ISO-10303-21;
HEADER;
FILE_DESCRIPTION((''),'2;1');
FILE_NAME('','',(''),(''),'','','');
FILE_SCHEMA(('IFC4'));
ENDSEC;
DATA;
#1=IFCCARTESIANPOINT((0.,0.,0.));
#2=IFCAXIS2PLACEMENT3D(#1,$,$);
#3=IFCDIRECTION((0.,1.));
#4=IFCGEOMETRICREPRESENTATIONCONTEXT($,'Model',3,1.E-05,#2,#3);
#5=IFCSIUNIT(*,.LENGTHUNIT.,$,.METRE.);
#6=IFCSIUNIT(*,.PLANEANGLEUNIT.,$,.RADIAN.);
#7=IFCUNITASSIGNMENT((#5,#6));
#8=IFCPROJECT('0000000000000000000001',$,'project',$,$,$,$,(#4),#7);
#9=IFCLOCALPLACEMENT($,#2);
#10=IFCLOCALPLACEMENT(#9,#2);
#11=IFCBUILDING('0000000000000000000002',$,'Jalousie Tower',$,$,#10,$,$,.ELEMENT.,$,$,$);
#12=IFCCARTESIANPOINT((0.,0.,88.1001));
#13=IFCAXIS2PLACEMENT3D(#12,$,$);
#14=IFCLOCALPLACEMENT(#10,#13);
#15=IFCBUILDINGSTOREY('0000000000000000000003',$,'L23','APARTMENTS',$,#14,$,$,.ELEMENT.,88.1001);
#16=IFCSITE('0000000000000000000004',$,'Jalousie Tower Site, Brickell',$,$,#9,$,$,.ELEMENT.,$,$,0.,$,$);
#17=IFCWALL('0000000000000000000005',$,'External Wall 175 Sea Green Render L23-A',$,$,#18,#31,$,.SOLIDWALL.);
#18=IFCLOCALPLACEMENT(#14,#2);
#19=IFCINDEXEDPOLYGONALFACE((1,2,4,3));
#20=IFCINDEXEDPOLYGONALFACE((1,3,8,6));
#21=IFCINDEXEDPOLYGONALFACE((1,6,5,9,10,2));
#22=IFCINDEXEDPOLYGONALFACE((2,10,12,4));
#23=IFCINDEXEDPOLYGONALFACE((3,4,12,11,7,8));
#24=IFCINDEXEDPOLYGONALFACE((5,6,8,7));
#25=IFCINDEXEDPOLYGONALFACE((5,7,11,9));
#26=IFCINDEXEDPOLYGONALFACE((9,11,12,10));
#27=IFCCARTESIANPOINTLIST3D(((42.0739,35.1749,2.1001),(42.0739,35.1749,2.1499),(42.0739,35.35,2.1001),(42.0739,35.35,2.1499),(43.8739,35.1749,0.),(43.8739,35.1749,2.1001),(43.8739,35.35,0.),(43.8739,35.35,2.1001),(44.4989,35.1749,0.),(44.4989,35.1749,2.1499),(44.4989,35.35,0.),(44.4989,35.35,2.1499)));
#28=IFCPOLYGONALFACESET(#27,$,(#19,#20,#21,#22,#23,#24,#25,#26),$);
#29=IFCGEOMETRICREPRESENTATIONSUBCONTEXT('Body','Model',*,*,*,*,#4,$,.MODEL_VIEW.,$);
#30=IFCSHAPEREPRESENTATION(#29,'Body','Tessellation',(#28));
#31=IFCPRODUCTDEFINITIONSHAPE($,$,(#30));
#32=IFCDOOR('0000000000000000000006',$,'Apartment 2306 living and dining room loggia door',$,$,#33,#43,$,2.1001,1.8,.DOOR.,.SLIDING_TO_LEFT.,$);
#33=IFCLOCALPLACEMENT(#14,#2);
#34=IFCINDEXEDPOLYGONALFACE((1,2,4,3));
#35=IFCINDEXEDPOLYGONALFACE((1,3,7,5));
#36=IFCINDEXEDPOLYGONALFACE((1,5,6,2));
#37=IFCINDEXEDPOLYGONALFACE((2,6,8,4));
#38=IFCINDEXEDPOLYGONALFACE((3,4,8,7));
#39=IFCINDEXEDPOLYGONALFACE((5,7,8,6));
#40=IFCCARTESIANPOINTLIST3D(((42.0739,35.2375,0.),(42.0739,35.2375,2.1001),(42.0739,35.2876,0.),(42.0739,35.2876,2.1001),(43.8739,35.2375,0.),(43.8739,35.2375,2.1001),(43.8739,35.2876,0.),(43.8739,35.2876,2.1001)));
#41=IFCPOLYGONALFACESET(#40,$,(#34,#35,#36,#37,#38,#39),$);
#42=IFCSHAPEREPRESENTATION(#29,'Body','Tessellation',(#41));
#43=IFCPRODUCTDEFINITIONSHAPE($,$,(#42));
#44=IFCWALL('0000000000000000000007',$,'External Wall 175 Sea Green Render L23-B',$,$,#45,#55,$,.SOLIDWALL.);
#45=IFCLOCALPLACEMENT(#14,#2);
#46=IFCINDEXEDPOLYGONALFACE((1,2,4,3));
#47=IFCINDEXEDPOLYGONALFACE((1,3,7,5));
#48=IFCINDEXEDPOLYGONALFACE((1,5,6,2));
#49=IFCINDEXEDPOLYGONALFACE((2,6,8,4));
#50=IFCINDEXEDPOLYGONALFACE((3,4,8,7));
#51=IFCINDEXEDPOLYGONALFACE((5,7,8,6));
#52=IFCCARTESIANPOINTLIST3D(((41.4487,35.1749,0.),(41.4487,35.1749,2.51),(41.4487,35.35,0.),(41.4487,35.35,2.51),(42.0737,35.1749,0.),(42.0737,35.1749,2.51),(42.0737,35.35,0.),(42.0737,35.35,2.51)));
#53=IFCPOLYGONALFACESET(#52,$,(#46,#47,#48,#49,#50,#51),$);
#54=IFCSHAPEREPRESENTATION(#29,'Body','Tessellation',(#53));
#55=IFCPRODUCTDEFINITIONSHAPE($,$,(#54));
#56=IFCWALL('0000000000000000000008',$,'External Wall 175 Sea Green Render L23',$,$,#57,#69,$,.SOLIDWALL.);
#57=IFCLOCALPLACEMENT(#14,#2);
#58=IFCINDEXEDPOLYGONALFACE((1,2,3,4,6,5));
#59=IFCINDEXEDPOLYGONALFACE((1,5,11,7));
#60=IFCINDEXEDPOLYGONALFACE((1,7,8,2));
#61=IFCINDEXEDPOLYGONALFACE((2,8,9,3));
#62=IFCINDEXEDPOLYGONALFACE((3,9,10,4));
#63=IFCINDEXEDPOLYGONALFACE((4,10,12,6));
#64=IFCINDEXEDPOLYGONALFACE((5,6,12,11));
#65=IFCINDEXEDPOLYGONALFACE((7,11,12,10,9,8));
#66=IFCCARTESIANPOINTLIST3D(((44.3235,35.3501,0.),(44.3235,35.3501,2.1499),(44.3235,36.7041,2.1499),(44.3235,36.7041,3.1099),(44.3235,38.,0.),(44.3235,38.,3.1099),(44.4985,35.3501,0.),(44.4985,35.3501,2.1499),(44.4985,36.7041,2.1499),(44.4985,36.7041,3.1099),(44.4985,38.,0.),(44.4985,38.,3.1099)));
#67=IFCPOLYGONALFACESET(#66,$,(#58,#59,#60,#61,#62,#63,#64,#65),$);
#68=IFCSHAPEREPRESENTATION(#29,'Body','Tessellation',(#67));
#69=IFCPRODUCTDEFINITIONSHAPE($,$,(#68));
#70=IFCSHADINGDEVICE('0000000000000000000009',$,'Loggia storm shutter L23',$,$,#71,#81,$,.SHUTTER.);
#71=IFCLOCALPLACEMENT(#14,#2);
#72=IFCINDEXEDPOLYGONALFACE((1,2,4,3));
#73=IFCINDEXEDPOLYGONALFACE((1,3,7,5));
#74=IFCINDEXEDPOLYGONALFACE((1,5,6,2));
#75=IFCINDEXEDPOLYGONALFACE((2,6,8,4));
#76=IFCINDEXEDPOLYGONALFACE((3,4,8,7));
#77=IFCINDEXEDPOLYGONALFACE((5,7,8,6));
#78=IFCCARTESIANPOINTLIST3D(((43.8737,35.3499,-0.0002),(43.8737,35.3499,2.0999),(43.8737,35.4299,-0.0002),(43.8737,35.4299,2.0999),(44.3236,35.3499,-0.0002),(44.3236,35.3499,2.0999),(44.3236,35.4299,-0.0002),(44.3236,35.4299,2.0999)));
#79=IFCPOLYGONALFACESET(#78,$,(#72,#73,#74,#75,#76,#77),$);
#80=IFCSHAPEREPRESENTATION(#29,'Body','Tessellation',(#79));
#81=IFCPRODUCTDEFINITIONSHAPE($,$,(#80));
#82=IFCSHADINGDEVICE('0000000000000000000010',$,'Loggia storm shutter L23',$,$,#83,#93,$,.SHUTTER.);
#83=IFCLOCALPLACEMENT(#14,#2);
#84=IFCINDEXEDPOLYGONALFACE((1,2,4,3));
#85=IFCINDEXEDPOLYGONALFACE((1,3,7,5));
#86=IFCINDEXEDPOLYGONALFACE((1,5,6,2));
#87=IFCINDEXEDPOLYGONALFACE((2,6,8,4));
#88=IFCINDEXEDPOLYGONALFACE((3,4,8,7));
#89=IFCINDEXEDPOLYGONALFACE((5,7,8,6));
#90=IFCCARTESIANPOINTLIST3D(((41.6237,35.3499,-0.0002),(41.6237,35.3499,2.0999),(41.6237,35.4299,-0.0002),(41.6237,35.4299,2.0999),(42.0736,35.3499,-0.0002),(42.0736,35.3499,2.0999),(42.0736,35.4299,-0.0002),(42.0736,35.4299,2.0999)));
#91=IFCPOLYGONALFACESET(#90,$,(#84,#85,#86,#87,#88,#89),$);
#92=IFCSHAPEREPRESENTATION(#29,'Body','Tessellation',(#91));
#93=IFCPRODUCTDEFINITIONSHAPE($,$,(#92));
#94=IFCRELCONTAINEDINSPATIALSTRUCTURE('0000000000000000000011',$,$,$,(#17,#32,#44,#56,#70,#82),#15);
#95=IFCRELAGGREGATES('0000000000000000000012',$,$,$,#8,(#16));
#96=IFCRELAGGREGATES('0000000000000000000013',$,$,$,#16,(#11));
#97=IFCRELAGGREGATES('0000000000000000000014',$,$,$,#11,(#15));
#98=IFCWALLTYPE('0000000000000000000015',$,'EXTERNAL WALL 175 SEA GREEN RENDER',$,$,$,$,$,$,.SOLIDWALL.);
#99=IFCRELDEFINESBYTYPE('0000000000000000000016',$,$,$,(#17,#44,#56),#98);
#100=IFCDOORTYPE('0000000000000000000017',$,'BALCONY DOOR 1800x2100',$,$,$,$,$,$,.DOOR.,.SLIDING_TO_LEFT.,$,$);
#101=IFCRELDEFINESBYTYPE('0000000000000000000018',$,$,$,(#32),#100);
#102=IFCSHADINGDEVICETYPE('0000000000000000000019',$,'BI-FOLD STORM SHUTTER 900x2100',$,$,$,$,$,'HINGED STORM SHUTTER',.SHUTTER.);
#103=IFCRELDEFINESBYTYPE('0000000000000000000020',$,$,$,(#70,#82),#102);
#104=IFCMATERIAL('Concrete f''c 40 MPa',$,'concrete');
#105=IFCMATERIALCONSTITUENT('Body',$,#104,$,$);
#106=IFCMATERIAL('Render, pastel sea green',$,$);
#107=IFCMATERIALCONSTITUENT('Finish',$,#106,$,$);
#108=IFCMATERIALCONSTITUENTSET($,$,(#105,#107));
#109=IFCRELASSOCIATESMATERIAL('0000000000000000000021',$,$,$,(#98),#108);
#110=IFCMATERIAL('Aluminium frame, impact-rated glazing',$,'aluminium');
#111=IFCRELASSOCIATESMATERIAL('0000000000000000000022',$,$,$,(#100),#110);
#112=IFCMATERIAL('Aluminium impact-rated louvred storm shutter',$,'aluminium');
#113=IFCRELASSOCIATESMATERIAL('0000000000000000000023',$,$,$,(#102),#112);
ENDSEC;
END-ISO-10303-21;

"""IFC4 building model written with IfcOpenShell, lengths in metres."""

from ifc_helpers import new_model, si_unit, direction, frame, frame_2d, origin, origin_2d, place, context, subcontext, project, spatial, polyline, rectangle, outline, extrude, material, constituent, constituent_set, type_object, element, fill, save


model = new_model("IFC4")

# Units and contexts
model_context = context("Model", 3, precision=1e-05, world=origin(), true_north=direction((0.0, 1.0)))
body_context = subcontext(model_context, "Body", "Model", "MODEL_VIEW")
ifc_project = project(units=[si_unit("LENGTHUNIT", "METRE"), si_unit("PLANEANGLEUNIT", "RADIAN")], contexts=[model_context])

# Site, building, storey
site_placement = place(None, origin())
site = spatial("IfcSite", under=ifc_project, at=site_placement, Name="Jalousie Tower Site, Brickell", CompositionType="ELEMENT", RefElevation=0.0)
building_placement = place(site_placement, origin())
building = spatial("IfcBuilding", under=site, at=building_placement, Name="Jalousie Tower", CompositionType="ELEMENT")
storey_placement = place(building_placement, frame((0.0, 0.0, 88.1001)))
storey = spatial("IfcBuildingStorey", under=building, at=storey_placement, Name="L23", Description="APARTMENTS", CompositionType="ELEMENT", Elevation=88.1001)

# Shared definitions
ifc_material_1 = material(Name="Concrete f'c 40 MPa", Category="concrete")
ifc_constituent_1 = constituent(ifc_material_1, Name="Body")
ifc_material_2 = material(Name="Render, pastel sea green")
ifc_constituent_2 = constituent(ifc_material_2, Name="Finish")
ifc_constituent_set = constituent_set(constituents=[ifc_constituent_1, ifc_constituent_2])
wall_type = type_object("IfcWallType", Name="EXTERNAL WALL 175 SEA GREEN RENDER", PredefinedType="SOLIDWALL", material=ifc_constituent_set)

# Wall, opening, door
wall_1_placement = place(storey_placement, frame((44.4988, 35.2625, 0.0), z_axis=(0.0, 0.0, 1.0), x_axis=(-1.0, 0.0, 0.0)))
wall_1 = element("IfcWall", 1, at=wall_1_placement, inside=storey, type_object=wall_type, Name="External Wall 175 Sea Green Render L23-A", PredefinedType="SOLIDWALL", context=body_context, shape_type="SweptSolid", body=[
    extrude(rectangle(XDim=2.425, YDim=0.175, at=frame_2d((1.2124, 0.0))), origin(), (0.0, 0.0, 1.0), 2.1499),
])
opening_placement = place(wall_1_placement, frame((0.625, 0.0, 0.0)))
opening = element("IfcOpeningElement", 2, at=opening_placement, cuts=wall_1, PredefinedType="OPENING", context=body_context, shape_type="SweptSolid", body=[
    extrude(rectangle(XDim=1.8, YDim=2.1001, at=frame_2d((0.8999, 1.05))), frame((0.0, 0.0974, 0.0), z_axis=(0.0, -1.0, 0.0), x_axis=(1.0, 0.0, 0.0)), (0.0, 0.0, 1.0), 0.1951),
])
ifc_material_3 = material(Name="Aluminium frame, impact-rated glazing", Category="aluminium")
door_type = type_object("IfcDoorType", Name="BALCONY DOOR 1800x2100", OperationType="SLIDING_TO_LEFT", PredefinedType="DOOR", material=ifc_material_3)
door_placement = place(opening_placement, origin())
door = element("IfcDoor", 3, at=door_placement, inside=storey, type_object=door_type, Name="Apartment 2306 living and dining room loggia door", OperationType="SLIDING_TO_LEFT", OverallHeight=2.1001, OverallWidth=1.8, PredefinedType="DOOR", context=body_context, shape_type="SweptSolid", body=[
    extrude(rectangle(XDim=1.8, YDim=2.1001, at=frame_2d((0.8999, 1.05))), frame((0.0, 0.0249, 0.0), z_axis=(0.0, -1.0, 0.0), x_axis=(1.0, 0.0, 0.0)), (0.0, 0.0, 1.0), 0.05),
])
fill(opening, door)

# Walls
wall_2_placement = place(storey_placement, frame((42.0737, 35.2625, 0.0), z_axis=(0.0, 0.0, 1.0), x_axis=(-1.0, 0.0, 0.0)))
element("IfcWall", 4, at=wall_2_placement, inside=storey, type_object=wall_type, Name="External Wall 175 Sea Green Render L23-B", PredefinedType="SOLIDWALL", context=body_context, shape_type="SweptSolid", body=[
    extrude(rectangle(XDim=0.625, YDim=0.175, at=frame_2d((0.3125, 0.0))), origin(), (0.0, 0.0, 1.0), 2.51),
])
wall_3_placement = place(storey_placement, frame((44.4111, 38.0, 0.0), z_axis=(0.0, 0.0, 1.0), x_axis=(0.0, -1.0, 0.0)))
element("IfcWall", 5, at=wall_3_placement, inside=storey, type_object=wall_type, Name="External Wall 175 Sea Green Render L23", PredefinedType="SOLIDWALL", context=body_context, shape_type="SweptSolid", body=[
    extrude(outline(polyline([(0.0, 0.0), (2.6499, 0.0), (2.6499, 2.1499), (1.2959, 2.1499), (1.2959, 3.1099), (0.0, 3.1099), (0.0, 0.0)])), frame((0.0, 0.0874, 0.0), z_axis=(0.0, -1.0, 0.0), x_axis=(1.0, 0.0, 0.0)), (0.0, 0.0, 1.0), 0.175),
])

# Shading devices
ifc_material_4 = material(Name="Aluminium impact-rated louvred storm shutter", Category="aluminium")
shading_device_type_1 = type_object("IfcShadingDeviceType", Name="BI-FOLD STORM SHUTTER 900x2100", ElementType="HINGED STORM SHUTTER", PredefinedType="SHUTTER", material=ifc_material_4)
for number, where, z_axis, x_axis, name in (
    (6, (44.0986, 35.3899, -0.0002), (0.0, 0.0, 1.0), (-1.0, 0.0, 0.0), "Loggia storm shutter L23"),
    (7, (41.8486, 35.3899, -0.0002), (0.0, 0.0, 1.0), (-1.0, 0.0, 0.0), "Loggia storm shutter L23"),
):
    element("IfcShadingDevice", number, at=place(storey_placement, frame(where, z_axis=z_axis, x_axis=x_axis)), inside=storey, type_object=shading_device_type_1, Name=name, PredefinedType="SHUTTER", context=body_context, shape_type="SweptSolid", body=[
        extrude(rectangle(XDim=0.45, YDim=0.0801, at=origin_2d()), origin(), (0.0, 0.0, 1.0), 2.1001),
    ])

save(model, "model.ifc")
